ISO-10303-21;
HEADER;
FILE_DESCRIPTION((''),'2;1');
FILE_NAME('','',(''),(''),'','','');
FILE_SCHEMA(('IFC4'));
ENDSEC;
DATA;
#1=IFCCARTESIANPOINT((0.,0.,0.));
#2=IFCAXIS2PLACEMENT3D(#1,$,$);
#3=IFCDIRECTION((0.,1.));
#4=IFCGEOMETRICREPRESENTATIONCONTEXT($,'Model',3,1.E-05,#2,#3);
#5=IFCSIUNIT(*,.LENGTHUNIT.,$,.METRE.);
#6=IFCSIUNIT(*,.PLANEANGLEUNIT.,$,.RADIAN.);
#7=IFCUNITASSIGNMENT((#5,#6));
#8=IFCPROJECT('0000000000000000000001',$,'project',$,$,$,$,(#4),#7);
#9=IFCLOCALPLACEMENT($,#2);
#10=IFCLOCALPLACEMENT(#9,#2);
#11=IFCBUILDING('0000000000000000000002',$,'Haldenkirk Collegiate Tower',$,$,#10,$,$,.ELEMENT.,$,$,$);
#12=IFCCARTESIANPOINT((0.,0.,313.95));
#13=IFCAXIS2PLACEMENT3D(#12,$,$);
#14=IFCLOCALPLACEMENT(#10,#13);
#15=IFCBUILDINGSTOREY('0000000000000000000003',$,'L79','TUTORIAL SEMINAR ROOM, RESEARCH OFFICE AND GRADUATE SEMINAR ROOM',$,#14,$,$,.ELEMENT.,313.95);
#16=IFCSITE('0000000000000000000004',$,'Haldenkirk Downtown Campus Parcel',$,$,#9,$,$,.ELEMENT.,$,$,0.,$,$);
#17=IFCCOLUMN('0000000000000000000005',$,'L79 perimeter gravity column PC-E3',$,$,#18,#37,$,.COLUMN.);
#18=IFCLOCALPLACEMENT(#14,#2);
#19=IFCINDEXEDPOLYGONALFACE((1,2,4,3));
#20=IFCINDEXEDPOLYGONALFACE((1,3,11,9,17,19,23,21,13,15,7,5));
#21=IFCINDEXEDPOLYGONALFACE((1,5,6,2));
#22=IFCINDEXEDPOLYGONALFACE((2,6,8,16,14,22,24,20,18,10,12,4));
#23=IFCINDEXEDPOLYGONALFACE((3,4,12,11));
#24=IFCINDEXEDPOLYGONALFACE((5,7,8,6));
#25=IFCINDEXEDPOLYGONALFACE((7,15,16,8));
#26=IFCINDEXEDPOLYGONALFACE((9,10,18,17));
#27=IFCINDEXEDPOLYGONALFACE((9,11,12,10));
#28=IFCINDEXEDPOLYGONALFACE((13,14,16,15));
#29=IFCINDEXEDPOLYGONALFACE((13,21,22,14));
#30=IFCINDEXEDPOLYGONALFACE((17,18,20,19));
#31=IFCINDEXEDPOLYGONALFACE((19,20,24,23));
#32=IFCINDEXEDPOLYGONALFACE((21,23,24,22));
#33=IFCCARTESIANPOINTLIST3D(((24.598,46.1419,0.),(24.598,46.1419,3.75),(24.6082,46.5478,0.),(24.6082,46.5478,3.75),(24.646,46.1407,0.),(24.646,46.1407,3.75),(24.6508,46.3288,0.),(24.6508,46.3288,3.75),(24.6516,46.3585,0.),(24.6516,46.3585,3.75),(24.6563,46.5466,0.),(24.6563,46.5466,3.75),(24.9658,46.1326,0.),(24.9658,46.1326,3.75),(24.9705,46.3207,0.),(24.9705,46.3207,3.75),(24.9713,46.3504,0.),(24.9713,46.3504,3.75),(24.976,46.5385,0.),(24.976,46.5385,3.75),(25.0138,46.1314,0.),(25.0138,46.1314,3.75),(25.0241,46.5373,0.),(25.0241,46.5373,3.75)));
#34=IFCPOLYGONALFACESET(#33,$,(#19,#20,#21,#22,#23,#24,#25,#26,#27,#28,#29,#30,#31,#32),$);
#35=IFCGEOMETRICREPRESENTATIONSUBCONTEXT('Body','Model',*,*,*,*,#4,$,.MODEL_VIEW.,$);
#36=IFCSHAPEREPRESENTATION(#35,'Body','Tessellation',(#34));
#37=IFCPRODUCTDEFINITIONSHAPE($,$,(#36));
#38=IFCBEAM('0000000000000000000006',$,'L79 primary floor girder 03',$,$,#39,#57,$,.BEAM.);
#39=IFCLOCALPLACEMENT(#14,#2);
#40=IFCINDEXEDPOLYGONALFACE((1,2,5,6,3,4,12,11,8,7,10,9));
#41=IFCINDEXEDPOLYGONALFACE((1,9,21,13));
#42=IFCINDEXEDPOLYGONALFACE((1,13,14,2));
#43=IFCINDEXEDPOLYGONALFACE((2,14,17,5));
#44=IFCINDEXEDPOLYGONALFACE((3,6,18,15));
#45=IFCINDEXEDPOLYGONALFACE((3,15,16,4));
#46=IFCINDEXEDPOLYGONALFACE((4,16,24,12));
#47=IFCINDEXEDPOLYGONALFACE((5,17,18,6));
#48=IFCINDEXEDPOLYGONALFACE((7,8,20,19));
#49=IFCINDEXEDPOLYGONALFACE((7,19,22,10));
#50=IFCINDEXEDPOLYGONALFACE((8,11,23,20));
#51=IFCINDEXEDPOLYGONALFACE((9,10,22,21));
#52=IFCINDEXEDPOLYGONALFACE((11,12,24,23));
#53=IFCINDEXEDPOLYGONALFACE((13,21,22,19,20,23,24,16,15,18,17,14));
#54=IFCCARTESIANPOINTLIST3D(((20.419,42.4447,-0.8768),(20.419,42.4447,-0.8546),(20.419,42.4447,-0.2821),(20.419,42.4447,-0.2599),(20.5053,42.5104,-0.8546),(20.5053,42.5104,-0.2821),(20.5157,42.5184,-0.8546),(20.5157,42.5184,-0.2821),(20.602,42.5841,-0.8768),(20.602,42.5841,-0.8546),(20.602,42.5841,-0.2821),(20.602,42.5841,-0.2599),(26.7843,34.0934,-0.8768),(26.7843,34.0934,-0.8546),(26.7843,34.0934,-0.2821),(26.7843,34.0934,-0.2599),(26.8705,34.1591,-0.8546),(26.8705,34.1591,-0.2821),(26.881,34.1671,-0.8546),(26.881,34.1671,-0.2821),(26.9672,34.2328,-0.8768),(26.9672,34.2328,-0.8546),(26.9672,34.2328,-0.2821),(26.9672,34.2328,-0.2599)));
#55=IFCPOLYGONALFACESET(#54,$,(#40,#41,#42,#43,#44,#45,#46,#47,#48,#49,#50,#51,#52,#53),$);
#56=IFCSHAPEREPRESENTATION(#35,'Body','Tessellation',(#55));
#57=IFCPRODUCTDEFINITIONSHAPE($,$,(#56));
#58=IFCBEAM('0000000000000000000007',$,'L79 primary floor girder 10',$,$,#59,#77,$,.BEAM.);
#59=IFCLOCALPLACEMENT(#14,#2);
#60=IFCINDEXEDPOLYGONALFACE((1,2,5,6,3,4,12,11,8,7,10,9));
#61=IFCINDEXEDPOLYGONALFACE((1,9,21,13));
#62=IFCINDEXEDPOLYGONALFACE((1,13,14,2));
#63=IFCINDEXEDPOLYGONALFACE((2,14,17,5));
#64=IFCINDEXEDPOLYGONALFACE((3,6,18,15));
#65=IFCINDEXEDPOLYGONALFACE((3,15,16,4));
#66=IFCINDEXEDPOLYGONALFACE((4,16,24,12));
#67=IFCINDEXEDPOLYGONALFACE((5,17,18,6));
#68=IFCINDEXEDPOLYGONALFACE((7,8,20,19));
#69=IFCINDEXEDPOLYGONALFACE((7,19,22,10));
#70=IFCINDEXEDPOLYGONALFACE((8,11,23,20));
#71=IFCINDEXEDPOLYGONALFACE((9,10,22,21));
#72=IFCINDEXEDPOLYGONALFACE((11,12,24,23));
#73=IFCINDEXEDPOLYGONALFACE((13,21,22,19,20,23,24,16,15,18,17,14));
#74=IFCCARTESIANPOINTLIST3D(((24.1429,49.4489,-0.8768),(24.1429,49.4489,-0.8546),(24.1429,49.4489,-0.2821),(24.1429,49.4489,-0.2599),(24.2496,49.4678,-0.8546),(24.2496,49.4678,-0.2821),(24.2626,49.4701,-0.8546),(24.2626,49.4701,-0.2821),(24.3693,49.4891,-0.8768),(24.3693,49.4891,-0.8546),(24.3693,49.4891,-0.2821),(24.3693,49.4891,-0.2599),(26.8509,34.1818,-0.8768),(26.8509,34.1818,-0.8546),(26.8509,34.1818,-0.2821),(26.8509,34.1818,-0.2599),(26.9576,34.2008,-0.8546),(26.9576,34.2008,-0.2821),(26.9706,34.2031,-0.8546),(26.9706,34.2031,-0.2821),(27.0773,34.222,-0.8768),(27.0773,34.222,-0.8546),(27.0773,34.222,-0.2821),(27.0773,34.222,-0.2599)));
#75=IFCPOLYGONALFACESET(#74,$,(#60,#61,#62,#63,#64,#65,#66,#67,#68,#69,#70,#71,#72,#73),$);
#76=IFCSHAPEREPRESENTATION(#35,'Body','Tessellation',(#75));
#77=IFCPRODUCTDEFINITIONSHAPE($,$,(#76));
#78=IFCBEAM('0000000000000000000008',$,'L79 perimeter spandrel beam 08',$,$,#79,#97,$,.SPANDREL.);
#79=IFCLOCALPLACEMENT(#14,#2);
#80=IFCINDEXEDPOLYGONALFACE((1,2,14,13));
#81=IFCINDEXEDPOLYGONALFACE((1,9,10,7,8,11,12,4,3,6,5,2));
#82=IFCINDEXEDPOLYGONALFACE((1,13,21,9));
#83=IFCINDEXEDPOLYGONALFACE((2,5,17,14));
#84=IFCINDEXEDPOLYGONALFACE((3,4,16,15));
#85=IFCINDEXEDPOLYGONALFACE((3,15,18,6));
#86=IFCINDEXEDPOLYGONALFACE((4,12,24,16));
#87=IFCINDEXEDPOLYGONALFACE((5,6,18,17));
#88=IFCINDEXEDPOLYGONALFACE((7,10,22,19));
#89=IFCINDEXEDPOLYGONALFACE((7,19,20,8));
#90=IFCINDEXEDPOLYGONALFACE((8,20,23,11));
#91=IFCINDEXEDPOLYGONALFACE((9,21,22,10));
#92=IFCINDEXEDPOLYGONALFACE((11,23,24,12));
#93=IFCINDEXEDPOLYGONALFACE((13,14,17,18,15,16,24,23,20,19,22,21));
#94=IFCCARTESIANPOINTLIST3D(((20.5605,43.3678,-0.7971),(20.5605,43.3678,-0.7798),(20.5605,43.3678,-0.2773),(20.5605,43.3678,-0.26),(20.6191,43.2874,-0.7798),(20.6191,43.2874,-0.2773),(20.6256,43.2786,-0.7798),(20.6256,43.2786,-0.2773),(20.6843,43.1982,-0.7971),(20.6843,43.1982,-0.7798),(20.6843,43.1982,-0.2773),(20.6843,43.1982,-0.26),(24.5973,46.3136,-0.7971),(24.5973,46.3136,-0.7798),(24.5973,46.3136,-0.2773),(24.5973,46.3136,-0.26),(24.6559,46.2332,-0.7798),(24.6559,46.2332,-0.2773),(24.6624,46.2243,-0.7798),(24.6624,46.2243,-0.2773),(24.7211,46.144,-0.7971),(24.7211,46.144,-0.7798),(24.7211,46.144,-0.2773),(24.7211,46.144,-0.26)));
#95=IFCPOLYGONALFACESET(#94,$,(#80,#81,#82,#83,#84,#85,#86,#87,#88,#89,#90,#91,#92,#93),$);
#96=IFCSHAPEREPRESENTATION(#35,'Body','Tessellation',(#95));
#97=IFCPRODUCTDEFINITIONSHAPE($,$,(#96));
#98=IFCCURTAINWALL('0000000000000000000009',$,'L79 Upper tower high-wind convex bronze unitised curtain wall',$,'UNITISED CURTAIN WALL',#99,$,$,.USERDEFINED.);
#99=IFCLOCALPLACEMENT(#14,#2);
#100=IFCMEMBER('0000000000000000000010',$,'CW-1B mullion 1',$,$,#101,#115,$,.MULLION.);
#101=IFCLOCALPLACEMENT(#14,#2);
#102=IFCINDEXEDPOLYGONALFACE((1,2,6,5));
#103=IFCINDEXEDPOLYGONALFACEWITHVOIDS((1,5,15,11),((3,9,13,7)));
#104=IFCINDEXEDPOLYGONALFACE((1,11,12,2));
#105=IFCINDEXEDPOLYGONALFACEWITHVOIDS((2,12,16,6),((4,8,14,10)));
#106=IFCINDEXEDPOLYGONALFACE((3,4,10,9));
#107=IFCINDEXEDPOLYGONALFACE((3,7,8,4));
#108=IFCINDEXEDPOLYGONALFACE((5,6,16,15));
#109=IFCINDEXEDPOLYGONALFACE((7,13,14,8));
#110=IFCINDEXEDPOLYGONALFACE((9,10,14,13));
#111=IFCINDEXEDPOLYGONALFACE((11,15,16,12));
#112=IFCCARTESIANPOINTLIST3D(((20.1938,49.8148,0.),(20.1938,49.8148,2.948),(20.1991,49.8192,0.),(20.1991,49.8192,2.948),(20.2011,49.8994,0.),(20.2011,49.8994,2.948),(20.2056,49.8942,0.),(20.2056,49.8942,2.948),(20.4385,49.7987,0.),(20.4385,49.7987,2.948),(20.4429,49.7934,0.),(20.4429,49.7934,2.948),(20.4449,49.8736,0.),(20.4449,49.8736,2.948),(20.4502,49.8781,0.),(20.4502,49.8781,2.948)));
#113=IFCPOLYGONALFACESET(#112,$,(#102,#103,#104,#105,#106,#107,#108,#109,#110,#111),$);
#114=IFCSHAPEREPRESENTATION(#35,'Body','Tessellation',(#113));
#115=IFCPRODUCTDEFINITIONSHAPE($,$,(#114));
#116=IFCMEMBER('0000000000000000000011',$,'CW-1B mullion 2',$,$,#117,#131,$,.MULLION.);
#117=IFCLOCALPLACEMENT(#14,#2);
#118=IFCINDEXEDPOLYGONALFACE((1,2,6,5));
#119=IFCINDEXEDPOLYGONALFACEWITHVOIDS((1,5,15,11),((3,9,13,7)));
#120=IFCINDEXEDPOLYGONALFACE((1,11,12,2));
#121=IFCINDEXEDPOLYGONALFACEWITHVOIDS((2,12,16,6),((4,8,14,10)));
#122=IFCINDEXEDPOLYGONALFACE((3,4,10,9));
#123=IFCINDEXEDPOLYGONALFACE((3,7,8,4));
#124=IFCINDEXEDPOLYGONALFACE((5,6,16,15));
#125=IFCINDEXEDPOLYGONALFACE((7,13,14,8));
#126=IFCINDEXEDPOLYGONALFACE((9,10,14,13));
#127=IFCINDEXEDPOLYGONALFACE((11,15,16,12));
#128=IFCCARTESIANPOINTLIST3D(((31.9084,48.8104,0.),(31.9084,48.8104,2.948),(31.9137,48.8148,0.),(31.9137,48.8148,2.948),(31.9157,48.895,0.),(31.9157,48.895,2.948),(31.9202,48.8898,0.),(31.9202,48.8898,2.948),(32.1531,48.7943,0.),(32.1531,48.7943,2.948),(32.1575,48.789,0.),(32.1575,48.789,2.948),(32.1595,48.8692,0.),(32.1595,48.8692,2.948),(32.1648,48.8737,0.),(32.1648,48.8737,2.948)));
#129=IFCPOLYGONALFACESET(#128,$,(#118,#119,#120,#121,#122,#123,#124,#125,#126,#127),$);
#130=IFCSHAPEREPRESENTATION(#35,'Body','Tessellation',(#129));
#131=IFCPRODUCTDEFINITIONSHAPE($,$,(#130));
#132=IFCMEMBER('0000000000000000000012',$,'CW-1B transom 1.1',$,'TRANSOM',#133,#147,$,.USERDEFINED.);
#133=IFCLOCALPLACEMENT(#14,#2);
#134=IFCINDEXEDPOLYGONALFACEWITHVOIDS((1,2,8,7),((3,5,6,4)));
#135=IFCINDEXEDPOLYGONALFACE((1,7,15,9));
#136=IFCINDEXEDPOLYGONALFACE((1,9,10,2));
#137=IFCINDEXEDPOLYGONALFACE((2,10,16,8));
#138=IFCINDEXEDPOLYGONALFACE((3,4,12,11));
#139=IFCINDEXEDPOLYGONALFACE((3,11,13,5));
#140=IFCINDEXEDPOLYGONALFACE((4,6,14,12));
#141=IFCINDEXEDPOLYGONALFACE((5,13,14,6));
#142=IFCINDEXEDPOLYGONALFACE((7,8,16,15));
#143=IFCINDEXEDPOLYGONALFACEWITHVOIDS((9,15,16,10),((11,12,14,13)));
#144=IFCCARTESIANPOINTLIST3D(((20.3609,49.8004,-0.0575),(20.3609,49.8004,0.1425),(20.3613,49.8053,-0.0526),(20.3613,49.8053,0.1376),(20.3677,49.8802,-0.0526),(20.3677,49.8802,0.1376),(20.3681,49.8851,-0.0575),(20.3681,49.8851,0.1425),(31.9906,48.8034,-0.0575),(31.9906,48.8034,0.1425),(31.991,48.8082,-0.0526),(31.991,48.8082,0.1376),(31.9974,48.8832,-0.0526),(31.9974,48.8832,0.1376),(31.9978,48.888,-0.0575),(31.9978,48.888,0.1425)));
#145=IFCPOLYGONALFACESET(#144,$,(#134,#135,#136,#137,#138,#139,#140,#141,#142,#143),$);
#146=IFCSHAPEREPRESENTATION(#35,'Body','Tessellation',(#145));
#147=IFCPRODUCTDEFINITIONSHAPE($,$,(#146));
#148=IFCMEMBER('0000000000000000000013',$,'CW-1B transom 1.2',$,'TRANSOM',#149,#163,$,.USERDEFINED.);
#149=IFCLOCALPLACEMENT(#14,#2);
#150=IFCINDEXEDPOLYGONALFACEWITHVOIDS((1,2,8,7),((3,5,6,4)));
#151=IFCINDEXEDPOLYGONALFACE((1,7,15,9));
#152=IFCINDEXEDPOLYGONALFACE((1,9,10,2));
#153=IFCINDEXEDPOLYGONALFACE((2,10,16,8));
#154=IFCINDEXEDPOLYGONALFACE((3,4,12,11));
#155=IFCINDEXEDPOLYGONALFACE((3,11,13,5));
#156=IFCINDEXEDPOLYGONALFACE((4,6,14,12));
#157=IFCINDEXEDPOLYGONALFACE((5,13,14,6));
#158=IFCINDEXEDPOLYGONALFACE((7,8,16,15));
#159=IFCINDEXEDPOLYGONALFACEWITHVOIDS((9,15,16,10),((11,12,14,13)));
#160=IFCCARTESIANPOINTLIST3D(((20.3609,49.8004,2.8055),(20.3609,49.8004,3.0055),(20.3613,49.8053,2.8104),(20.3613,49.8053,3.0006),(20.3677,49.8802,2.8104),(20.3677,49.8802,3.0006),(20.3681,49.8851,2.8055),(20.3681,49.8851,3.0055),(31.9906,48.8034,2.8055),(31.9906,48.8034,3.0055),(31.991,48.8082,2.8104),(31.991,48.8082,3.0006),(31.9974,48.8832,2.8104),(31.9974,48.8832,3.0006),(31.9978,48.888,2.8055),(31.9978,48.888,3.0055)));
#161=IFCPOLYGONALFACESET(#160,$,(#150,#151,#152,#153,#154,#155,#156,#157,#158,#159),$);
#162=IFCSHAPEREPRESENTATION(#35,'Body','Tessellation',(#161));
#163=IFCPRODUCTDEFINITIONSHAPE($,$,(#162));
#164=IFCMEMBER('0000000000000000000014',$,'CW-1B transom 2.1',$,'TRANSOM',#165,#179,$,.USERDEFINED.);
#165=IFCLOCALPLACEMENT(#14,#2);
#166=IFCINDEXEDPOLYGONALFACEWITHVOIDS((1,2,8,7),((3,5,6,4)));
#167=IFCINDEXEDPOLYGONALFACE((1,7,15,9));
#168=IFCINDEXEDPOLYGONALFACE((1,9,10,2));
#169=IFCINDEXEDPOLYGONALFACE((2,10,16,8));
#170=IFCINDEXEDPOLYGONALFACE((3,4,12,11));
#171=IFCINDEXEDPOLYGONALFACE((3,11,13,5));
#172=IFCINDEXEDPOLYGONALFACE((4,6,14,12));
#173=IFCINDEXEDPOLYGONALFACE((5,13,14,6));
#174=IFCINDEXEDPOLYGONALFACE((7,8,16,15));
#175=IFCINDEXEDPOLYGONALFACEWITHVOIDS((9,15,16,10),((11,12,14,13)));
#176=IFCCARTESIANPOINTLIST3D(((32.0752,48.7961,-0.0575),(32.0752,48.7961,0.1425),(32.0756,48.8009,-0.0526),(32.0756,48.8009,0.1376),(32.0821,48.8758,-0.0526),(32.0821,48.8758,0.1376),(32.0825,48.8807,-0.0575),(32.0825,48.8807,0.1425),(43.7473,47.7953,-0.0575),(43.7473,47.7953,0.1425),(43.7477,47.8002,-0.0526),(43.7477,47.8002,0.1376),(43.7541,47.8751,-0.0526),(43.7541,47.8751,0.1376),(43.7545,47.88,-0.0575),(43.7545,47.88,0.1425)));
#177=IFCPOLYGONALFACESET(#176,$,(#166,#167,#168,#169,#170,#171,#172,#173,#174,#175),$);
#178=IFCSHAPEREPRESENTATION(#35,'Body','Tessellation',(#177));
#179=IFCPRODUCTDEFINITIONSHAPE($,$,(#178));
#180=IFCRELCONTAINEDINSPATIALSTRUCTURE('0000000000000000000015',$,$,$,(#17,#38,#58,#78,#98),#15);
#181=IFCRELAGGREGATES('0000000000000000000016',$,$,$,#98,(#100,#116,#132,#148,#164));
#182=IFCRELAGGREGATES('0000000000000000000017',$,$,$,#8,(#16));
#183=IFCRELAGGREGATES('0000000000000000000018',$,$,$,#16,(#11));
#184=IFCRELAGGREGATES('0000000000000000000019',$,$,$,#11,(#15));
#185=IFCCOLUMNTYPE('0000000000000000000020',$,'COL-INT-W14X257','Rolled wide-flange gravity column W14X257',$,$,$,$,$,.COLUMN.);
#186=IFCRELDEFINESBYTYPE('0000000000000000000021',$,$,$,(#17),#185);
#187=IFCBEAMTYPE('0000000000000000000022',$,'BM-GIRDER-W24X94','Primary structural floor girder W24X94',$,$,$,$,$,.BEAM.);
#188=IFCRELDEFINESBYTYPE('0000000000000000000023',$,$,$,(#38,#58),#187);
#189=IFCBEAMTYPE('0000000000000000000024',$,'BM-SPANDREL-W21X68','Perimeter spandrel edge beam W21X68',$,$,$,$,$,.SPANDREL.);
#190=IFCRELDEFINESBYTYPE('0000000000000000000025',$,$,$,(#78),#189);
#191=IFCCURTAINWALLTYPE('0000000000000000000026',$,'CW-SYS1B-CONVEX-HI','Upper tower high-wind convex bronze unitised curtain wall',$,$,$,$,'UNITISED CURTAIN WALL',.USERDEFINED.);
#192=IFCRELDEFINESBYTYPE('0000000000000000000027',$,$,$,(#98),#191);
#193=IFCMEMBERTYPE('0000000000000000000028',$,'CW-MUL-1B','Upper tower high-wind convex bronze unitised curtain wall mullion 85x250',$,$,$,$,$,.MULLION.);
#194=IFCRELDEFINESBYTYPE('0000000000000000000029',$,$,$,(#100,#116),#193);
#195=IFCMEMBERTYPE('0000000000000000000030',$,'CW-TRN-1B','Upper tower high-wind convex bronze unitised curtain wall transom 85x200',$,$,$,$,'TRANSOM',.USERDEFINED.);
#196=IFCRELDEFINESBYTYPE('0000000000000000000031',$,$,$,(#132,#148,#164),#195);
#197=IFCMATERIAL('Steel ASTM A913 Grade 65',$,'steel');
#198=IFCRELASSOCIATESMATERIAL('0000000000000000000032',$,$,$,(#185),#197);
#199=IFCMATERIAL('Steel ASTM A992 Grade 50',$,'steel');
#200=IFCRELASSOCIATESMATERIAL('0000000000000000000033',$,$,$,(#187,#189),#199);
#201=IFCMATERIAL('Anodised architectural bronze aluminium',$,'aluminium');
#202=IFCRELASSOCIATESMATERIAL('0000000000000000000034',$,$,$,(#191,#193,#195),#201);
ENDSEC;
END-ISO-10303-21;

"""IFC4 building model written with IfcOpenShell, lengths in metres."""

from ifc_helpers import new_model, si_unit, direction, frame, origin, origin_2d, place, context, subcontext, project, spatial, hollow_rectangle, i_section, extrude, material, material_profile, profile_set, type_object, element, aggregate, save


model = new_model("IFC4")

# Units and contexts
model_context = context("Model", 3, precision=1e-05, world=origin(), true_north=direction((0.0, 1.0)))
body_context = subcontext(model_context, "Body", "Model", "MODEL_VIEW")
ifc_project = project(units=[si_unit("LENGTHUNIT", "METRE"), si_unit("PLANEANGLEUNIT", "RADIAN")], contexts=[model_context])

# Site, building, storey
site_placement = place(None, origin())
site = spatial("IfcSite", under=ifc_project, at=site_placement, Name="Haldenkirk Downtown Campus Parcel", CompositionType="ELEMENT", RefElevation=0.0)
building_placement = place(site_placement, origin())
building = spatial("IfcBuilding", under=site, at=building_placement, Name="Haldenkirk Collegiate Tower", CompositionType="ELEMENT")
storey_placement = place(building_placement, frame((0.0, 0.0, 313.95)))
storey = spatial("IfcBuildingStorey", under=building, at=storey_placement, Name="L79", Description="TUTORIAL SEMINAR ROOM, RESEARCH OFFICE AND GRADUATE SEMINAR ROOM", CompositionType="ELEMENT", Elevation=313.95)

# Column
ifc_material_1 = material(Name="Steel ASTM A913 Grade 65", Category="steel")
ifc_material_profile_1 = material_profile(ifc_material_1, i_section(OverallWidth=0.406, OverallDepth=0.416, WebThickness=0.0298, FlangeThickness=0.0481, at=origin_2d()), Name="W14X257")
ifc_profile_set_1 = profile_set([ifc_material_profile_1], Name="Steel ASTM A913 Grade 65")
column_type = type_object("IfcColumnType", Name="COL-INT-W14X257", Description="Rolled wide-flange gravity column W14X257", PredefinedType="COLUMN", material=ifc_profile_set_1)
column_placement = place(storey_placement, frame((24.811, 46.3396, 0.0), z_axis=(0.0, 0.0, 1.0), x_axis=(0.025305, 0.99968, 0.0)))
element("IfcColumn", 1, at=column_placement, inside=storey, type_object=column_type, Name="L79 perimeter gravity column PC-E3", PredefinedType="COLUMN", context=body_context, shape_type="SweptSolid", body=[
    extrude(i_section(OverallWidth=0.406, OverallDepth=0.416, WebThickness=0.0298, FlangeThickness=0.0481, at=origin_2d()), origin(), (0.0, 0.0, 1.0), 3.75),
])

# Beams
ifc_material_2 = material(Name="Steel ASTM A992 Grade 50", Category="steel")
ifc_material_profile_2 = material_profile(ifc_material_2, i_section(OverallWidth=0.23, OverallDepth=0.6169, WebThickness=0.0132, FlangeThickness=0.0222, at=origin_2d()), Name="W24X94")
ifc_profile_set_2 = profile_set([ifc_material_profile_2], Name="Steel ASTM A992 Grade 50")
beam_type_1 = type_object("IfcBeamType", Name="BM-GIRDER-W24X94", Description="Primary structural floor girder W24X94", PredefinedType="BEAM", material=ifc_profile_set_2)
beam_1_placement = place(storey_placement, frame((20.5105, 42.5144, -0.5684), z_axis=(0.606183, -0.795325, 0.0), x_axis=(0.795325, 0.606183, 0.0)))
element("IfcBeam", 2, at=beam_1_placement, inside=storey, type_object=beam_type_1, Name="L79 primary floor girder 03", PredefinedType="BEAM", context=body_context, shape_type="SweptSolid", body=[
    extrude(i_section(OverallWidth=0.23, OverallDepth=0.6169, WebThickness=0.0132, FlangeThickness=0.0222, at=origin_2d()), origin(), (0.0, 0.0, 1.0), 10.5005),
])
beam_2_placement = place(storey_placement, frame((24.2561, 49.469, -0.5684), z_axis=(0.174649, -0.984631, 0.0), x_axis=(0.984631, 0.174649, 0.0)))
element("IfcBeam", 3, at=beam_2_placement, inside=storey, type_object=beam_type_1, Name="L79 primary floor girder 10", PredefinedType="BEAM", context=body_context, shape_type="SweptSolid", body=[
    extrude(i_section(OverallWidth=0.23, OverallDepth=0.6169, WebThickness=0.0132, FlangeThickness=0.0222, at=origin_2d()), origin(), (0.0, 0.0, 1.0), 15.5054),
])
ifc_material_profile_3 = material_profile(ifc_material_2, i_section(OverallWidth=0.21, OverallDepth=0.5371, WebThickness=0.011, FlangeThickness=0.0173, at=origin_2d()), Name="W21X68")
ifc_profile_set_3 = profile_set([ifc_material_profile_3], Name="Steel ASTM A992 Grade 50")
beam_type_2 = type_object("IfcBeamType", Name="BM-SPANDREL-W21X68", Description="Perimeter spandrel edge beam W21X68", PredefinedType="SPANDREL", material=ifc_profile_set_3)
beam_3_placement = place(storey_placement, frame((24.6592, 46.2288, -0.5286), z_axis=(-0.807793, -0.589466, 0.0), x_axis=(0.589466, -0.807793, 0.0)))
element("IfcBeam", 4, at=beam_3_placement, inside=storey, type_object=beam_type_2, Name="L79 perimeter spandrel beam 08", PredefinedType="SPANDREL", context=body_context, shape_type="SweptSolid", body=[
    extrude(i_section(OverallWidth=0.21, OverallDepth=0.5371, WebThickness=0.011, FlangeThickness=0.0173, at=origin_2d()), origin(), (0.0, 0.0, 1.0), 4.9973),
])

# Curtain wall, members
ifc_material_3 = material(Name="Anodised architectural bronze aluminium", Category="aluminium")
curtain_wall_type = type_object("IfcCurtainWallType", Name="CW-SYS1B-CONVEX-HI", Description="Upper tower high-wind convex bronze unitised curtain wall", ElementType="UNITISED CURTAIN WALL", PredefinedType="USERDEFINED", material=ifc_material_3)
curtain_wall_placement = place(storey_placement, origin())
curtain_wall = element("IfcCurtainWall", 5, at=curtain_wall_placement, inside=storey, type_object=curtain_wall_type, Name="L79 Upper tower high-wind convex bronze unitised curtain wall", ObjectType="UNITISED CURTAIN WALL", PredefinedType="USERDEFINED")
ifc_material_profile_4 = material_profile(ifc_material_3, hollow_rectangle(XDim=0.085, YDim=0.25, WallThickness=0.0049, at=origin_2d()), Name="CW-MUL-1B")
ifc_profile_set_4 = profile_set([ifc_material_profile_4], Name="Anodised architectural bronze aluminium")
member_type_1 = type_object("IfcMemberType", Name="CW-MUL-1B", Description="Upper tower high-wind convex bronze unitised curtain wall mullion 85x250", PredefinedType="MULLION", material=ifc_profile_set_4)
member_1_placement = place(storey_placement, frame((20.322, 49.8464, 0.0), z_axis=(0.0, 0.0, 1.0), x_axis=(0.085418, 0.996345, 0.0)))
member_1 = element("IfcMember", 6, at=member_1_placement, type_object=member_type_1, Name="CW-1B mullion 1", PredefinedType="MULLION", context=body_context, shape_type="SweptSolid", body=[
    extrude(hollow_rectangle(XDim=0.085, YDim=0.25, WallThickness=0.0049, at=origin_2d()), origin(), (0.0, 0.0, 1.0), 2.948),
])
member_2_placement = place(storey_placement, frame((32.0366, 48.842, 0.0), z_axis=(0.0, 0.0, 1.0), x_axis=(0.085418, 0.996345, 0.0)))
member_2 = element("IfcMember", 7, at=member_2_placement, type_object=member_type_1, Name="CW-1B mullion 2", PredefinedType="MULLION", context=body_context, shape_type="SweptSolid", body=[
    extrude(hollow_rectangle(XDim=0.085, YDim=0.25, WallThickness=0.0049, at=origin_2d()), origin(), (0.0, 0.0, 1.0), 2.948),
])
ifc_material_profile_5 = material_profile(ifc_material_3, hollow_rectangle(XDim=0.085, YDim=0.2, WallThickness=0.0049, at=origin_2d()), Name="CW-TRN-1B")
ifc_profile_set_5 = profile_set([ifc_material_profile_5], Name="Anodised architectural bronze aluminium")
member_type_2 = type_object("IfcMemberType", Name="CW-TRN-1B", Description="Upper tower high-wind convex bronze unitised curtain wall transom 85x200", ElementType="TRANSOM", PredefinedType="USERDEFINED", material=ifc_profile_set_5)
member_3_placement = place(storey_placement, frame((20.3645, 49.8428, 0.0425), z_axis=(0.996345, -0.085422, 0.0), x_axis=(0.085422, 0.996345, 0.0)))
member_3 = element("IfcMember", 8, at=member_3_placement, type_object=member_type_2, Name="CW-1B transom 1.1", ObjectType="TRANSOM", PredefinedType="USERDEFINED", context=body_context, shape_type="SweptSolid", body=[
    extrude(hollow_rectangle(XDim=0.085, YDim=0.2, WallThickness=0.0049, at=origin_2d()), origin(), (0.0, 0.0, 1.0), 11.6724),
])
member_4_placement = place(storey_placement, frame((20.3645, 49.8428, 2.9055), z_axis=(0.996345, -0.085422, 0.0), x_axis=(0.085422, 0.996345, 0.0)))
member_4 = element("IfcMember", 9, at=member_4_placement, type_object=member_type_2, Name="CW-1B transom 1.2", ObjectType="TRANSOM", PredefinedType="USERDEFINED", context=body_context, shape_type="SweptSolid", body=[
    extrude(hollow_rectangle(XDim=0.085, YDim=0.2, WallThickness=0.0049, at=origin_2d()), origin(), (0.0, 0.0, 1.0), 11.6724),
])
member_5_placement = place(storey_placement, frame((32.0789, 48.8384, 0.0425), z_axis=(0.996345, -0.085424, 0.0), x_axis=(0.085424, 0.996345, 0.0)))
member_5 = element("IfcMember", 10, at=member_5_placement, type_object=member_type_2, Name="CW-1B transom 2.1", ObjectType="TRANSOM", PredefinedType="USERDEFINED", context=body_context, shape_type="SweptSolid", body=[
    extrude(hollow_rectangle(XDim=0.085, YDim=0.2, WallThickness=0.0049, at=origin_2d()), origin(), (0.0, 0.0, 1.0), 11.7148),
])
aggregate(curtain_wall, [member_1, member_2, member_3, member_4, member_5])

save(model, "model.ifc")
